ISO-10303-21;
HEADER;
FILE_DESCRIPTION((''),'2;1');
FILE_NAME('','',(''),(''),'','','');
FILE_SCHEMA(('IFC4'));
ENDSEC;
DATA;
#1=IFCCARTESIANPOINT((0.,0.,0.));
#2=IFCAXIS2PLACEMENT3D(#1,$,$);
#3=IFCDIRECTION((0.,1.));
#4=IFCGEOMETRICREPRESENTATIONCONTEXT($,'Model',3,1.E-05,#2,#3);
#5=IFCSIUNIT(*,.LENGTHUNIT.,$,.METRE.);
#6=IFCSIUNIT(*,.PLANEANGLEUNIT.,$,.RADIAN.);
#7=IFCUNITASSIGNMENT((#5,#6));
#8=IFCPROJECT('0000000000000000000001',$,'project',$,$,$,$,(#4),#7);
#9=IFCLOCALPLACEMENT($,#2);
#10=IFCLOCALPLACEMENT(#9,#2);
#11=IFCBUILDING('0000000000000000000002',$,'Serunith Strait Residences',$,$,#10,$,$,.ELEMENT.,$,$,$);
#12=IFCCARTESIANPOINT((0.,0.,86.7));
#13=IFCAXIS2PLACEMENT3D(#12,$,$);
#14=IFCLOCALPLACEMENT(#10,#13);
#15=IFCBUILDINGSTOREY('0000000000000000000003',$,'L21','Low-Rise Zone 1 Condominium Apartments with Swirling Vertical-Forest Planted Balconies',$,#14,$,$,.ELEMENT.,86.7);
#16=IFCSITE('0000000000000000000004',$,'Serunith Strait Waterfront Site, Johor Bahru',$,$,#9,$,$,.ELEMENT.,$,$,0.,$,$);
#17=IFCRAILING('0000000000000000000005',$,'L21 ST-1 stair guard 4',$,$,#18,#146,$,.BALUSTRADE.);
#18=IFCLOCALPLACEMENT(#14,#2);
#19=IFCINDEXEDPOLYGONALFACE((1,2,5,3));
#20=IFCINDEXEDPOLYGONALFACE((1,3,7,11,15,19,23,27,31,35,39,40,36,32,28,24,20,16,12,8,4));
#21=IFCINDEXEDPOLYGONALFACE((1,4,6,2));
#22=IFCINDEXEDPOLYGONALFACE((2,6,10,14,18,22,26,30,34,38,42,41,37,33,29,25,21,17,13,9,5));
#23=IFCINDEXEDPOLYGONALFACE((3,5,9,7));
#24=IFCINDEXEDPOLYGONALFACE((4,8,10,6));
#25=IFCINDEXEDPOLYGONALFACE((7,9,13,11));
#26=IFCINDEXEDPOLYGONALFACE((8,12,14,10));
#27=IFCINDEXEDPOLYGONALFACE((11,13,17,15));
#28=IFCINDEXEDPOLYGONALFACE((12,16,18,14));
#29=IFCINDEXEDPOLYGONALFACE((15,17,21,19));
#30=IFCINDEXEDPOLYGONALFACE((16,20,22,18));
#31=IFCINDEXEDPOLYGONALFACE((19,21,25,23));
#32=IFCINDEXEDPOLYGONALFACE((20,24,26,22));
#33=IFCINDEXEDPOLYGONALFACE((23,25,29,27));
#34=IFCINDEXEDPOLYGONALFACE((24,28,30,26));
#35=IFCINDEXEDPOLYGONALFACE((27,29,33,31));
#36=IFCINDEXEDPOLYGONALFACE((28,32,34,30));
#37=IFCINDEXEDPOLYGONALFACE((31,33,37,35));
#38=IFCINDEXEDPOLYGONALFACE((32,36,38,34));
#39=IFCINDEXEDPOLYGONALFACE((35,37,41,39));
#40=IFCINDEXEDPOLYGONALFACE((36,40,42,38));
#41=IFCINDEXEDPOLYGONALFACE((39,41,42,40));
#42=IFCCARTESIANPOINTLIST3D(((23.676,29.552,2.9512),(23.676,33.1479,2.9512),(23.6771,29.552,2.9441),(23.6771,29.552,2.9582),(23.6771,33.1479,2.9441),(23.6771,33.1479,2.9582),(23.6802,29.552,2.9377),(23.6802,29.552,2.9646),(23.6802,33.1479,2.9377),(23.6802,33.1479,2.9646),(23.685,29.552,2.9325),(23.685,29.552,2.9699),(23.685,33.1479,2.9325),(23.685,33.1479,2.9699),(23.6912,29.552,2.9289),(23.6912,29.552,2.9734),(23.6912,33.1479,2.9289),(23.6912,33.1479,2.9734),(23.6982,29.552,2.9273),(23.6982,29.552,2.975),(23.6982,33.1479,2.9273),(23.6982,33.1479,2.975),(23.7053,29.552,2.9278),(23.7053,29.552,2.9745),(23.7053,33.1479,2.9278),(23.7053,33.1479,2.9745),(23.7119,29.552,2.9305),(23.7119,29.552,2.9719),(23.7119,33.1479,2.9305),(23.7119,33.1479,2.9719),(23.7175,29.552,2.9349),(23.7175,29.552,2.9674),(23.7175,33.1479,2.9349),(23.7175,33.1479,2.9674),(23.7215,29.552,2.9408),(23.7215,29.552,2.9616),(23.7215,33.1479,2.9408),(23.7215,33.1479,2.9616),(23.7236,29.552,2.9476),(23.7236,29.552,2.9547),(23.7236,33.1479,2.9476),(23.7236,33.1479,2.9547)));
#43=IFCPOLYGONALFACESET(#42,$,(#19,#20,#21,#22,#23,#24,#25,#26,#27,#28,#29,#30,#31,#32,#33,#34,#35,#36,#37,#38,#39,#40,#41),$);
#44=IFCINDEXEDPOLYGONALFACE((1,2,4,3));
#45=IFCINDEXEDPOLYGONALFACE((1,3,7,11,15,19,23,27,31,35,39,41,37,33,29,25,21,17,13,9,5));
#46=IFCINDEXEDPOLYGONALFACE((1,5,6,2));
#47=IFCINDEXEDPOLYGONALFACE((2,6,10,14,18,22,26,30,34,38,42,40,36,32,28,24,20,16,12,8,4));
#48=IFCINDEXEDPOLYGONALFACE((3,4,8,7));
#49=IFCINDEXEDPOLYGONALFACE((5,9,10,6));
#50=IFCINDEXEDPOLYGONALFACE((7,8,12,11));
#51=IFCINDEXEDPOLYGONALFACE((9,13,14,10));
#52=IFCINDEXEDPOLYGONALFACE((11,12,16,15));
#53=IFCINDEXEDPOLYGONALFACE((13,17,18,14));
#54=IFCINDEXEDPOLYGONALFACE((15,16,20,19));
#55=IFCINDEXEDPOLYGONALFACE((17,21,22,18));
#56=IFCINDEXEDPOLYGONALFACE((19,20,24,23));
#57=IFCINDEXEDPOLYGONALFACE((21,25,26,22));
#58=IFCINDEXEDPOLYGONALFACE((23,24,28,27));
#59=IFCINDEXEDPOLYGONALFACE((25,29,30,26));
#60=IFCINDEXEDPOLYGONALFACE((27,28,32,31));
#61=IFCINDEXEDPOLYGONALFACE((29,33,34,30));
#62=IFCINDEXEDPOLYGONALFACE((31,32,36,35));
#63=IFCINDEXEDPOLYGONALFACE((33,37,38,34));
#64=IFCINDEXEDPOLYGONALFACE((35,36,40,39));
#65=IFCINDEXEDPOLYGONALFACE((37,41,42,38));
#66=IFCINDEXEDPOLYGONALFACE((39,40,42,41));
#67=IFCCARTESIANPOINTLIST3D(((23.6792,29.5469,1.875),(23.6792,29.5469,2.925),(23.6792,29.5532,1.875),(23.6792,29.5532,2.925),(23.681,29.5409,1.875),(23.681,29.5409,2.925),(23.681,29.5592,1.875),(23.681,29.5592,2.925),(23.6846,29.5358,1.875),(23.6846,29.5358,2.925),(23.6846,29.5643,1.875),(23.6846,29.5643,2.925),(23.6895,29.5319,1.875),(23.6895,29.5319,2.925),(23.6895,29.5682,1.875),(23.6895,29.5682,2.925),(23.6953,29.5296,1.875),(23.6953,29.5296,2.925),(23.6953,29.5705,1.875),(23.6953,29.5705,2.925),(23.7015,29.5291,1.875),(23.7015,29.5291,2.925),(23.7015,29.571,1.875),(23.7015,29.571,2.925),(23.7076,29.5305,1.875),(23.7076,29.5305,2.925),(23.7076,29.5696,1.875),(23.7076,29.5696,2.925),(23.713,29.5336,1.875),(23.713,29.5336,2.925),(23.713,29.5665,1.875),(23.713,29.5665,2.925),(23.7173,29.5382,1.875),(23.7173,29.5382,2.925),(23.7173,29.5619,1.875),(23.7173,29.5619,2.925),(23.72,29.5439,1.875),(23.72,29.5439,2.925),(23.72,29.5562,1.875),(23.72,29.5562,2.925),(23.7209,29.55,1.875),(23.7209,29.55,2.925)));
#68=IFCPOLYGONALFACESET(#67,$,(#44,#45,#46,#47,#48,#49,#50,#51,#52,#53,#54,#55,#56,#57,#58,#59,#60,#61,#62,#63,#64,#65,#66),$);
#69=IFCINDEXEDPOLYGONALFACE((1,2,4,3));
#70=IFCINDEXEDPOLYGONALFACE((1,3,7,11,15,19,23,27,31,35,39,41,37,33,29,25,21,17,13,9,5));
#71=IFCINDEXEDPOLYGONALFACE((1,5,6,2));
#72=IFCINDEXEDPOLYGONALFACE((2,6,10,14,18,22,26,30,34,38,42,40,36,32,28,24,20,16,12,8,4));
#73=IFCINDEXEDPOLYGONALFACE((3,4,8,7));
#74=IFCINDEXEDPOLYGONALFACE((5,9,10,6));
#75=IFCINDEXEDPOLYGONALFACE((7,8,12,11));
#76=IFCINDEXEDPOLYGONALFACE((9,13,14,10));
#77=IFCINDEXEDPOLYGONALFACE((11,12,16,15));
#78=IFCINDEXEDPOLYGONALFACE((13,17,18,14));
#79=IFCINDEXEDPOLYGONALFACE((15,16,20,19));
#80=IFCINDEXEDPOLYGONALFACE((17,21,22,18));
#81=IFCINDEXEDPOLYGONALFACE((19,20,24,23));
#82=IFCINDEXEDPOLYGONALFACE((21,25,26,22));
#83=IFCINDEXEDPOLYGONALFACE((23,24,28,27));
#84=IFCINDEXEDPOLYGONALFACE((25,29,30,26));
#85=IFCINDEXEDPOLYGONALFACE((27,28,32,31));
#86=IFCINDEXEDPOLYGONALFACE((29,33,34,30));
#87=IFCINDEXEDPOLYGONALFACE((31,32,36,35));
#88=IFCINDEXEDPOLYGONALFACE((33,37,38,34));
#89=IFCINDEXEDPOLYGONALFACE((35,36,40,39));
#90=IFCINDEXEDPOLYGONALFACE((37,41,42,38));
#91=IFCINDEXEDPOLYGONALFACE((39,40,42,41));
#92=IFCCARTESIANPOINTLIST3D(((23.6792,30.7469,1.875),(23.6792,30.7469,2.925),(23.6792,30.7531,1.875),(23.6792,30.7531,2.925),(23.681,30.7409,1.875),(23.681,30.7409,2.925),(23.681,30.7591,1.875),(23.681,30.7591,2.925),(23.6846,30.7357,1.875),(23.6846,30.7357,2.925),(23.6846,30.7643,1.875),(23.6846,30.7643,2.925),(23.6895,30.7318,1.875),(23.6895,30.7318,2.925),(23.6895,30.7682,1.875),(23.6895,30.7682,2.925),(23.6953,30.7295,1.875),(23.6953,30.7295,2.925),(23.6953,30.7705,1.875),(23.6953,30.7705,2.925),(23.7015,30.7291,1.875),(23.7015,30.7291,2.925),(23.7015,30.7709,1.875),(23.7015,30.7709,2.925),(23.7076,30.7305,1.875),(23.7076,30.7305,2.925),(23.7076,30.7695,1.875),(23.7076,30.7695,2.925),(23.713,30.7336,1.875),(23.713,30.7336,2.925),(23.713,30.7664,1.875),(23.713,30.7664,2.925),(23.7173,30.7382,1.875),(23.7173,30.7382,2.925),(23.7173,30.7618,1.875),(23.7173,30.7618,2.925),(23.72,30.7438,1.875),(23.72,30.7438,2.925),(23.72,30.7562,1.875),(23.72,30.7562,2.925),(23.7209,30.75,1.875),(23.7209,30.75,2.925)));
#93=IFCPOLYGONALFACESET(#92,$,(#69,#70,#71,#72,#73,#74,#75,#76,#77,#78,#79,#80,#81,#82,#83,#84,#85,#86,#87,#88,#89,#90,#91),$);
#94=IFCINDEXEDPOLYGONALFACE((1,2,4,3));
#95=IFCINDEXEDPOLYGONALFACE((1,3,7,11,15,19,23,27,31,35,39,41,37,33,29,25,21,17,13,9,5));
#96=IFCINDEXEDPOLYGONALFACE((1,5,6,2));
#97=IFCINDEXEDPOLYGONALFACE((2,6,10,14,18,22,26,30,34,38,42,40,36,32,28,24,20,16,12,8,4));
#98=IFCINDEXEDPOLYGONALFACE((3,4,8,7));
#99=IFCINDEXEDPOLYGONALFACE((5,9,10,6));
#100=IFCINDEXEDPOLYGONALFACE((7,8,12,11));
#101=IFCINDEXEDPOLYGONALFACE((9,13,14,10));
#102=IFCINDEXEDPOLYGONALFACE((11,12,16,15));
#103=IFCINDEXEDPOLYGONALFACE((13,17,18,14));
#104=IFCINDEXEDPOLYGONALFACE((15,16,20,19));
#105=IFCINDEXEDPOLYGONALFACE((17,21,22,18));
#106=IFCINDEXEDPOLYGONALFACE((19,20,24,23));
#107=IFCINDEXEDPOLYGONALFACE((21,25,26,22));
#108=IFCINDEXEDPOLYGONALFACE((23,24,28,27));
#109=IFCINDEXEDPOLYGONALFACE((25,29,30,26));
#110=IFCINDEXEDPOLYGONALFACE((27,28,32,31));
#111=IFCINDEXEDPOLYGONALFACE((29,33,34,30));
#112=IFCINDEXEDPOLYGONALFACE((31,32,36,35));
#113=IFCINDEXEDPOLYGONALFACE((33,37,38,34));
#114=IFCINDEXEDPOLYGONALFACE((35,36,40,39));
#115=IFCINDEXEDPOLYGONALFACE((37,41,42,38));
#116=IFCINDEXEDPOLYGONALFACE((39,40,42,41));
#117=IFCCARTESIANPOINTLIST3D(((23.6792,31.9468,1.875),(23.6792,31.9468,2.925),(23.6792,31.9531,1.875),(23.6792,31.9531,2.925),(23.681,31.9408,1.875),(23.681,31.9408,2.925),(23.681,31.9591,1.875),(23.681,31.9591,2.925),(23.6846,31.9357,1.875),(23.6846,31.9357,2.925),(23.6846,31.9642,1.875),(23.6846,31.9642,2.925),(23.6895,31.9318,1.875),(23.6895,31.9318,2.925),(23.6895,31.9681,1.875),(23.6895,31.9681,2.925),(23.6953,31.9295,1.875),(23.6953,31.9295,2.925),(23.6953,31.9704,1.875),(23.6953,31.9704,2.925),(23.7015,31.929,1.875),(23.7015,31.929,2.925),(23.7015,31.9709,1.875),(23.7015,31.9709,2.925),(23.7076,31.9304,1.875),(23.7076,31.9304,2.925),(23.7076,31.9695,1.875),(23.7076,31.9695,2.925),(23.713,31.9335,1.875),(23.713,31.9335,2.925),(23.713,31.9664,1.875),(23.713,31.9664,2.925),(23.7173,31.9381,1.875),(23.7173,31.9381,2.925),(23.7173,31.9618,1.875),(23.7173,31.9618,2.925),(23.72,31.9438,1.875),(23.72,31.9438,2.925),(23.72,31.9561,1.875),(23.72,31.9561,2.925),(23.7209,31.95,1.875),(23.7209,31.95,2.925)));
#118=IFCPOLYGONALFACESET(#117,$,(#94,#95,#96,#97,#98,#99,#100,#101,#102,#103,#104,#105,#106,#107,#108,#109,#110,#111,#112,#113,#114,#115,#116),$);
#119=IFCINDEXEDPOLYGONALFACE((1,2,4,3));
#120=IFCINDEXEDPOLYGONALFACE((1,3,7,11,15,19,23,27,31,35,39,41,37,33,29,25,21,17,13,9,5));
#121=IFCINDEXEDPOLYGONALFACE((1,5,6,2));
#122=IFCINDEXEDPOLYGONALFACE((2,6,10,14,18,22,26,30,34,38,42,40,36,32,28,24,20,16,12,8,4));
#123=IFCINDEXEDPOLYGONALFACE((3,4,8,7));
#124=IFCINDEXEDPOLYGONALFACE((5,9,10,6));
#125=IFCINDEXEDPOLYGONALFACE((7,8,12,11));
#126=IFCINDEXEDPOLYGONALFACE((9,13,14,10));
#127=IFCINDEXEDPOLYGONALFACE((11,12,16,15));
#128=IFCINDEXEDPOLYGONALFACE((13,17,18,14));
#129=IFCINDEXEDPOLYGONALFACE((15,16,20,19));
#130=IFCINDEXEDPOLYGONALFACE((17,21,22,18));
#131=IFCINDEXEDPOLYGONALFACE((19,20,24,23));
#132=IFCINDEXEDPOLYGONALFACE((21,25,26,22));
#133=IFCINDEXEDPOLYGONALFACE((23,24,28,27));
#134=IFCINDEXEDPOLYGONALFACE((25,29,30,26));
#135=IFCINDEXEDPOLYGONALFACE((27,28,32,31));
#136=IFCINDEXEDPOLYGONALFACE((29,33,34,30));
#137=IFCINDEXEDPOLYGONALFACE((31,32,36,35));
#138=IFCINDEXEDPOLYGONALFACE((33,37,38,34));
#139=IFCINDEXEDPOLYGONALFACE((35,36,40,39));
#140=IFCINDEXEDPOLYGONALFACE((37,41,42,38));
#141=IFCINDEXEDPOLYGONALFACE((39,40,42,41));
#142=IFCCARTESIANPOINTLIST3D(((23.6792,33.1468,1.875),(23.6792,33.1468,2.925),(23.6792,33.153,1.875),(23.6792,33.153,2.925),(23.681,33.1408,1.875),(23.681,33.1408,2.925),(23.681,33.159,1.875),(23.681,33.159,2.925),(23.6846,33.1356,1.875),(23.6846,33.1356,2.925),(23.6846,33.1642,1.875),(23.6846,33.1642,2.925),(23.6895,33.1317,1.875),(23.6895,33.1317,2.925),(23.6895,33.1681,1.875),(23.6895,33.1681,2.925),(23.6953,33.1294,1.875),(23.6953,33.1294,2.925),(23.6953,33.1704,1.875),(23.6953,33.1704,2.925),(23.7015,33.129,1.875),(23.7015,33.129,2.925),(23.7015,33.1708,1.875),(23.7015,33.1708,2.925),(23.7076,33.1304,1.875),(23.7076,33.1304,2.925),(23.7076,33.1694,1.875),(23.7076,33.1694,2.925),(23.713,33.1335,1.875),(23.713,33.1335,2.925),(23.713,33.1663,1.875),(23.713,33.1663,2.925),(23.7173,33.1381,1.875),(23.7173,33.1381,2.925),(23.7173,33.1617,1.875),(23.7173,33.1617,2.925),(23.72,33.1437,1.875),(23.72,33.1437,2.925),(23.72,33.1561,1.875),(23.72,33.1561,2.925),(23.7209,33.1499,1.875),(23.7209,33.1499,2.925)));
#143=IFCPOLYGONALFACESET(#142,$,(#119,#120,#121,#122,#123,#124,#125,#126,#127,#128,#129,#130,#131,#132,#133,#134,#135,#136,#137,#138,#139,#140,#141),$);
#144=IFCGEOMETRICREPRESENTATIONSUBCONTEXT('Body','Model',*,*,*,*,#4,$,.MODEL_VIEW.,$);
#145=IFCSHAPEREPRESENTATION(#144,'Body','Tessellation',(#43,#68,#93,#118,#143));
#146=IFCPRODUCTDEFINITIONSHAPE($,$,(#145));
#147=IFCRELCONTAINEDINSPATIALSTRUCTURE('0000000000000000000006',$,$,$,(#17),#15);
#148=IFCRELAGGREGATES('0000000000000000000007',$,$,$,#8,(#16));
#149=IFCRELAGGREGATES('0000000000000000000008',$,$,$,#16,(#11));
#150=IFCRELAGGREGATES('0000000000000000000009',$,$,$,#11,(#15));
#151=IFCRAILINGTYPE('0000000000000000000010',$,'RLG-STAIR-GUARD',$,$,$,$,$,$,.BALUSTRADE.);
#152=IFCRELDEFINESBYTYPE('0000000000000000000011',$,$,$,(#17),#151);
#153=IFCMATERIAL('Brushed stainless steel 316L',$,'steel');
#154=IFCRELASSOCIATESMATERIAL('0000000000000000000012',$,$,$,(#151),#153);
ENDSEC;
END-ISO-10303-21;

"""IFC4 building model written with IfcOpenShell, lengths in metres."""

from ifc_helpers import new_model, si_unit, direction, frame, origin, origin_2d, place, context, subcontext, project, spatial, circle, extrude, material, type_object, element, save


model = new_model("IFC4")

# Units and contexts
model_context = context("Model", 3, precision=1e-05, world=origin(), true_north=direction((0.0, 1.0)))
body_context = subcontext(model_context, "Body", "Model", "MODEL_VIEW")
ifc_project = project(units=[si_unit("LENGTHUNIT", "METRE"), si_unit("PLANEANGLEUNIT", "RADIAN")], contexts=[model_context])

# Site, building, storey
site_placement = place(None, origin())
site = spatial("IfcSite", under=ifc_project, at=site_placement, Name="Serunith Strait Waterfront Site, Johor Bahru", CompositionType="ELEMENT", RefElevation=0.0)
building_placement = place(site_placement, origin())
building = spatial("IfcBuilding", under=site, at=building_placement, Name="Serunith Strait Residences", CompositionType="ELEMENT")
storey_placement = place(building_placement, frame((0.0, 0.0, 86.7)))
storey = spatial("IfcBuildingStorey", under=building, at=storey_placement, Name="L21", Description="Low-Rise Zone 1 Condominium Apartments with Swirling Vertical-Forest Planted Balconies", CompositionType="ELEMENT", Elevation=86.7)

# Railing
ifc_material_1 = material(Name="Brushed stainless steel 316L", Category="steel")
railing_type_1 = type_object("IfcRailingType", Name="RLG-STAIR-GUARD", PredefinedType="BALUSTRADE", material=ifc_material_1)
for number, where, name in (
    (1, (23.7, 29.55, 1.875), "L21 ST-1 stair guard 4"),
):
    element("IfcRailing", number, at=place(storey_placement, frame(where)), inside=storey, type_object=railing_type_1, Name=name, PredefinedType="BALUSTRADE", context=body_context, shape_type="SweptSolid", body=[
        extrude(circle(Radius=0.0239, at=origin_2d()), frame((0.0, 0.002, 1.0762), z_axis=(0.0, 1.0, 0.0), x_axis=(-1.0, 0.0, 0.0)), (0.0, 0.0, 1.0), 3.5959),
        extrude(circle(Radius=0.021, at=origin_2d()), origin(), (0.0, 0.0, 1.0), 1.05),
        extrude(circle(Radius=0.021, at=origin_2d()), frame((0.0, 1.2, 0.0)), (0.0, 0.0, 1.0), 1.05),
        extrude(circle(Radius=0.021, at=origin_2d()), frame((0.0, 2.3999, 0.0)), (0.0, 0.0, 1.0), 1.05),
        extrude(circle(Radius=0.021, at=origin_2d()), frame((0.0, 3.5999, 0.0)), (0.0, 0.0, 1.0), 1.05),
    ])

save(model, "model.ifc")
